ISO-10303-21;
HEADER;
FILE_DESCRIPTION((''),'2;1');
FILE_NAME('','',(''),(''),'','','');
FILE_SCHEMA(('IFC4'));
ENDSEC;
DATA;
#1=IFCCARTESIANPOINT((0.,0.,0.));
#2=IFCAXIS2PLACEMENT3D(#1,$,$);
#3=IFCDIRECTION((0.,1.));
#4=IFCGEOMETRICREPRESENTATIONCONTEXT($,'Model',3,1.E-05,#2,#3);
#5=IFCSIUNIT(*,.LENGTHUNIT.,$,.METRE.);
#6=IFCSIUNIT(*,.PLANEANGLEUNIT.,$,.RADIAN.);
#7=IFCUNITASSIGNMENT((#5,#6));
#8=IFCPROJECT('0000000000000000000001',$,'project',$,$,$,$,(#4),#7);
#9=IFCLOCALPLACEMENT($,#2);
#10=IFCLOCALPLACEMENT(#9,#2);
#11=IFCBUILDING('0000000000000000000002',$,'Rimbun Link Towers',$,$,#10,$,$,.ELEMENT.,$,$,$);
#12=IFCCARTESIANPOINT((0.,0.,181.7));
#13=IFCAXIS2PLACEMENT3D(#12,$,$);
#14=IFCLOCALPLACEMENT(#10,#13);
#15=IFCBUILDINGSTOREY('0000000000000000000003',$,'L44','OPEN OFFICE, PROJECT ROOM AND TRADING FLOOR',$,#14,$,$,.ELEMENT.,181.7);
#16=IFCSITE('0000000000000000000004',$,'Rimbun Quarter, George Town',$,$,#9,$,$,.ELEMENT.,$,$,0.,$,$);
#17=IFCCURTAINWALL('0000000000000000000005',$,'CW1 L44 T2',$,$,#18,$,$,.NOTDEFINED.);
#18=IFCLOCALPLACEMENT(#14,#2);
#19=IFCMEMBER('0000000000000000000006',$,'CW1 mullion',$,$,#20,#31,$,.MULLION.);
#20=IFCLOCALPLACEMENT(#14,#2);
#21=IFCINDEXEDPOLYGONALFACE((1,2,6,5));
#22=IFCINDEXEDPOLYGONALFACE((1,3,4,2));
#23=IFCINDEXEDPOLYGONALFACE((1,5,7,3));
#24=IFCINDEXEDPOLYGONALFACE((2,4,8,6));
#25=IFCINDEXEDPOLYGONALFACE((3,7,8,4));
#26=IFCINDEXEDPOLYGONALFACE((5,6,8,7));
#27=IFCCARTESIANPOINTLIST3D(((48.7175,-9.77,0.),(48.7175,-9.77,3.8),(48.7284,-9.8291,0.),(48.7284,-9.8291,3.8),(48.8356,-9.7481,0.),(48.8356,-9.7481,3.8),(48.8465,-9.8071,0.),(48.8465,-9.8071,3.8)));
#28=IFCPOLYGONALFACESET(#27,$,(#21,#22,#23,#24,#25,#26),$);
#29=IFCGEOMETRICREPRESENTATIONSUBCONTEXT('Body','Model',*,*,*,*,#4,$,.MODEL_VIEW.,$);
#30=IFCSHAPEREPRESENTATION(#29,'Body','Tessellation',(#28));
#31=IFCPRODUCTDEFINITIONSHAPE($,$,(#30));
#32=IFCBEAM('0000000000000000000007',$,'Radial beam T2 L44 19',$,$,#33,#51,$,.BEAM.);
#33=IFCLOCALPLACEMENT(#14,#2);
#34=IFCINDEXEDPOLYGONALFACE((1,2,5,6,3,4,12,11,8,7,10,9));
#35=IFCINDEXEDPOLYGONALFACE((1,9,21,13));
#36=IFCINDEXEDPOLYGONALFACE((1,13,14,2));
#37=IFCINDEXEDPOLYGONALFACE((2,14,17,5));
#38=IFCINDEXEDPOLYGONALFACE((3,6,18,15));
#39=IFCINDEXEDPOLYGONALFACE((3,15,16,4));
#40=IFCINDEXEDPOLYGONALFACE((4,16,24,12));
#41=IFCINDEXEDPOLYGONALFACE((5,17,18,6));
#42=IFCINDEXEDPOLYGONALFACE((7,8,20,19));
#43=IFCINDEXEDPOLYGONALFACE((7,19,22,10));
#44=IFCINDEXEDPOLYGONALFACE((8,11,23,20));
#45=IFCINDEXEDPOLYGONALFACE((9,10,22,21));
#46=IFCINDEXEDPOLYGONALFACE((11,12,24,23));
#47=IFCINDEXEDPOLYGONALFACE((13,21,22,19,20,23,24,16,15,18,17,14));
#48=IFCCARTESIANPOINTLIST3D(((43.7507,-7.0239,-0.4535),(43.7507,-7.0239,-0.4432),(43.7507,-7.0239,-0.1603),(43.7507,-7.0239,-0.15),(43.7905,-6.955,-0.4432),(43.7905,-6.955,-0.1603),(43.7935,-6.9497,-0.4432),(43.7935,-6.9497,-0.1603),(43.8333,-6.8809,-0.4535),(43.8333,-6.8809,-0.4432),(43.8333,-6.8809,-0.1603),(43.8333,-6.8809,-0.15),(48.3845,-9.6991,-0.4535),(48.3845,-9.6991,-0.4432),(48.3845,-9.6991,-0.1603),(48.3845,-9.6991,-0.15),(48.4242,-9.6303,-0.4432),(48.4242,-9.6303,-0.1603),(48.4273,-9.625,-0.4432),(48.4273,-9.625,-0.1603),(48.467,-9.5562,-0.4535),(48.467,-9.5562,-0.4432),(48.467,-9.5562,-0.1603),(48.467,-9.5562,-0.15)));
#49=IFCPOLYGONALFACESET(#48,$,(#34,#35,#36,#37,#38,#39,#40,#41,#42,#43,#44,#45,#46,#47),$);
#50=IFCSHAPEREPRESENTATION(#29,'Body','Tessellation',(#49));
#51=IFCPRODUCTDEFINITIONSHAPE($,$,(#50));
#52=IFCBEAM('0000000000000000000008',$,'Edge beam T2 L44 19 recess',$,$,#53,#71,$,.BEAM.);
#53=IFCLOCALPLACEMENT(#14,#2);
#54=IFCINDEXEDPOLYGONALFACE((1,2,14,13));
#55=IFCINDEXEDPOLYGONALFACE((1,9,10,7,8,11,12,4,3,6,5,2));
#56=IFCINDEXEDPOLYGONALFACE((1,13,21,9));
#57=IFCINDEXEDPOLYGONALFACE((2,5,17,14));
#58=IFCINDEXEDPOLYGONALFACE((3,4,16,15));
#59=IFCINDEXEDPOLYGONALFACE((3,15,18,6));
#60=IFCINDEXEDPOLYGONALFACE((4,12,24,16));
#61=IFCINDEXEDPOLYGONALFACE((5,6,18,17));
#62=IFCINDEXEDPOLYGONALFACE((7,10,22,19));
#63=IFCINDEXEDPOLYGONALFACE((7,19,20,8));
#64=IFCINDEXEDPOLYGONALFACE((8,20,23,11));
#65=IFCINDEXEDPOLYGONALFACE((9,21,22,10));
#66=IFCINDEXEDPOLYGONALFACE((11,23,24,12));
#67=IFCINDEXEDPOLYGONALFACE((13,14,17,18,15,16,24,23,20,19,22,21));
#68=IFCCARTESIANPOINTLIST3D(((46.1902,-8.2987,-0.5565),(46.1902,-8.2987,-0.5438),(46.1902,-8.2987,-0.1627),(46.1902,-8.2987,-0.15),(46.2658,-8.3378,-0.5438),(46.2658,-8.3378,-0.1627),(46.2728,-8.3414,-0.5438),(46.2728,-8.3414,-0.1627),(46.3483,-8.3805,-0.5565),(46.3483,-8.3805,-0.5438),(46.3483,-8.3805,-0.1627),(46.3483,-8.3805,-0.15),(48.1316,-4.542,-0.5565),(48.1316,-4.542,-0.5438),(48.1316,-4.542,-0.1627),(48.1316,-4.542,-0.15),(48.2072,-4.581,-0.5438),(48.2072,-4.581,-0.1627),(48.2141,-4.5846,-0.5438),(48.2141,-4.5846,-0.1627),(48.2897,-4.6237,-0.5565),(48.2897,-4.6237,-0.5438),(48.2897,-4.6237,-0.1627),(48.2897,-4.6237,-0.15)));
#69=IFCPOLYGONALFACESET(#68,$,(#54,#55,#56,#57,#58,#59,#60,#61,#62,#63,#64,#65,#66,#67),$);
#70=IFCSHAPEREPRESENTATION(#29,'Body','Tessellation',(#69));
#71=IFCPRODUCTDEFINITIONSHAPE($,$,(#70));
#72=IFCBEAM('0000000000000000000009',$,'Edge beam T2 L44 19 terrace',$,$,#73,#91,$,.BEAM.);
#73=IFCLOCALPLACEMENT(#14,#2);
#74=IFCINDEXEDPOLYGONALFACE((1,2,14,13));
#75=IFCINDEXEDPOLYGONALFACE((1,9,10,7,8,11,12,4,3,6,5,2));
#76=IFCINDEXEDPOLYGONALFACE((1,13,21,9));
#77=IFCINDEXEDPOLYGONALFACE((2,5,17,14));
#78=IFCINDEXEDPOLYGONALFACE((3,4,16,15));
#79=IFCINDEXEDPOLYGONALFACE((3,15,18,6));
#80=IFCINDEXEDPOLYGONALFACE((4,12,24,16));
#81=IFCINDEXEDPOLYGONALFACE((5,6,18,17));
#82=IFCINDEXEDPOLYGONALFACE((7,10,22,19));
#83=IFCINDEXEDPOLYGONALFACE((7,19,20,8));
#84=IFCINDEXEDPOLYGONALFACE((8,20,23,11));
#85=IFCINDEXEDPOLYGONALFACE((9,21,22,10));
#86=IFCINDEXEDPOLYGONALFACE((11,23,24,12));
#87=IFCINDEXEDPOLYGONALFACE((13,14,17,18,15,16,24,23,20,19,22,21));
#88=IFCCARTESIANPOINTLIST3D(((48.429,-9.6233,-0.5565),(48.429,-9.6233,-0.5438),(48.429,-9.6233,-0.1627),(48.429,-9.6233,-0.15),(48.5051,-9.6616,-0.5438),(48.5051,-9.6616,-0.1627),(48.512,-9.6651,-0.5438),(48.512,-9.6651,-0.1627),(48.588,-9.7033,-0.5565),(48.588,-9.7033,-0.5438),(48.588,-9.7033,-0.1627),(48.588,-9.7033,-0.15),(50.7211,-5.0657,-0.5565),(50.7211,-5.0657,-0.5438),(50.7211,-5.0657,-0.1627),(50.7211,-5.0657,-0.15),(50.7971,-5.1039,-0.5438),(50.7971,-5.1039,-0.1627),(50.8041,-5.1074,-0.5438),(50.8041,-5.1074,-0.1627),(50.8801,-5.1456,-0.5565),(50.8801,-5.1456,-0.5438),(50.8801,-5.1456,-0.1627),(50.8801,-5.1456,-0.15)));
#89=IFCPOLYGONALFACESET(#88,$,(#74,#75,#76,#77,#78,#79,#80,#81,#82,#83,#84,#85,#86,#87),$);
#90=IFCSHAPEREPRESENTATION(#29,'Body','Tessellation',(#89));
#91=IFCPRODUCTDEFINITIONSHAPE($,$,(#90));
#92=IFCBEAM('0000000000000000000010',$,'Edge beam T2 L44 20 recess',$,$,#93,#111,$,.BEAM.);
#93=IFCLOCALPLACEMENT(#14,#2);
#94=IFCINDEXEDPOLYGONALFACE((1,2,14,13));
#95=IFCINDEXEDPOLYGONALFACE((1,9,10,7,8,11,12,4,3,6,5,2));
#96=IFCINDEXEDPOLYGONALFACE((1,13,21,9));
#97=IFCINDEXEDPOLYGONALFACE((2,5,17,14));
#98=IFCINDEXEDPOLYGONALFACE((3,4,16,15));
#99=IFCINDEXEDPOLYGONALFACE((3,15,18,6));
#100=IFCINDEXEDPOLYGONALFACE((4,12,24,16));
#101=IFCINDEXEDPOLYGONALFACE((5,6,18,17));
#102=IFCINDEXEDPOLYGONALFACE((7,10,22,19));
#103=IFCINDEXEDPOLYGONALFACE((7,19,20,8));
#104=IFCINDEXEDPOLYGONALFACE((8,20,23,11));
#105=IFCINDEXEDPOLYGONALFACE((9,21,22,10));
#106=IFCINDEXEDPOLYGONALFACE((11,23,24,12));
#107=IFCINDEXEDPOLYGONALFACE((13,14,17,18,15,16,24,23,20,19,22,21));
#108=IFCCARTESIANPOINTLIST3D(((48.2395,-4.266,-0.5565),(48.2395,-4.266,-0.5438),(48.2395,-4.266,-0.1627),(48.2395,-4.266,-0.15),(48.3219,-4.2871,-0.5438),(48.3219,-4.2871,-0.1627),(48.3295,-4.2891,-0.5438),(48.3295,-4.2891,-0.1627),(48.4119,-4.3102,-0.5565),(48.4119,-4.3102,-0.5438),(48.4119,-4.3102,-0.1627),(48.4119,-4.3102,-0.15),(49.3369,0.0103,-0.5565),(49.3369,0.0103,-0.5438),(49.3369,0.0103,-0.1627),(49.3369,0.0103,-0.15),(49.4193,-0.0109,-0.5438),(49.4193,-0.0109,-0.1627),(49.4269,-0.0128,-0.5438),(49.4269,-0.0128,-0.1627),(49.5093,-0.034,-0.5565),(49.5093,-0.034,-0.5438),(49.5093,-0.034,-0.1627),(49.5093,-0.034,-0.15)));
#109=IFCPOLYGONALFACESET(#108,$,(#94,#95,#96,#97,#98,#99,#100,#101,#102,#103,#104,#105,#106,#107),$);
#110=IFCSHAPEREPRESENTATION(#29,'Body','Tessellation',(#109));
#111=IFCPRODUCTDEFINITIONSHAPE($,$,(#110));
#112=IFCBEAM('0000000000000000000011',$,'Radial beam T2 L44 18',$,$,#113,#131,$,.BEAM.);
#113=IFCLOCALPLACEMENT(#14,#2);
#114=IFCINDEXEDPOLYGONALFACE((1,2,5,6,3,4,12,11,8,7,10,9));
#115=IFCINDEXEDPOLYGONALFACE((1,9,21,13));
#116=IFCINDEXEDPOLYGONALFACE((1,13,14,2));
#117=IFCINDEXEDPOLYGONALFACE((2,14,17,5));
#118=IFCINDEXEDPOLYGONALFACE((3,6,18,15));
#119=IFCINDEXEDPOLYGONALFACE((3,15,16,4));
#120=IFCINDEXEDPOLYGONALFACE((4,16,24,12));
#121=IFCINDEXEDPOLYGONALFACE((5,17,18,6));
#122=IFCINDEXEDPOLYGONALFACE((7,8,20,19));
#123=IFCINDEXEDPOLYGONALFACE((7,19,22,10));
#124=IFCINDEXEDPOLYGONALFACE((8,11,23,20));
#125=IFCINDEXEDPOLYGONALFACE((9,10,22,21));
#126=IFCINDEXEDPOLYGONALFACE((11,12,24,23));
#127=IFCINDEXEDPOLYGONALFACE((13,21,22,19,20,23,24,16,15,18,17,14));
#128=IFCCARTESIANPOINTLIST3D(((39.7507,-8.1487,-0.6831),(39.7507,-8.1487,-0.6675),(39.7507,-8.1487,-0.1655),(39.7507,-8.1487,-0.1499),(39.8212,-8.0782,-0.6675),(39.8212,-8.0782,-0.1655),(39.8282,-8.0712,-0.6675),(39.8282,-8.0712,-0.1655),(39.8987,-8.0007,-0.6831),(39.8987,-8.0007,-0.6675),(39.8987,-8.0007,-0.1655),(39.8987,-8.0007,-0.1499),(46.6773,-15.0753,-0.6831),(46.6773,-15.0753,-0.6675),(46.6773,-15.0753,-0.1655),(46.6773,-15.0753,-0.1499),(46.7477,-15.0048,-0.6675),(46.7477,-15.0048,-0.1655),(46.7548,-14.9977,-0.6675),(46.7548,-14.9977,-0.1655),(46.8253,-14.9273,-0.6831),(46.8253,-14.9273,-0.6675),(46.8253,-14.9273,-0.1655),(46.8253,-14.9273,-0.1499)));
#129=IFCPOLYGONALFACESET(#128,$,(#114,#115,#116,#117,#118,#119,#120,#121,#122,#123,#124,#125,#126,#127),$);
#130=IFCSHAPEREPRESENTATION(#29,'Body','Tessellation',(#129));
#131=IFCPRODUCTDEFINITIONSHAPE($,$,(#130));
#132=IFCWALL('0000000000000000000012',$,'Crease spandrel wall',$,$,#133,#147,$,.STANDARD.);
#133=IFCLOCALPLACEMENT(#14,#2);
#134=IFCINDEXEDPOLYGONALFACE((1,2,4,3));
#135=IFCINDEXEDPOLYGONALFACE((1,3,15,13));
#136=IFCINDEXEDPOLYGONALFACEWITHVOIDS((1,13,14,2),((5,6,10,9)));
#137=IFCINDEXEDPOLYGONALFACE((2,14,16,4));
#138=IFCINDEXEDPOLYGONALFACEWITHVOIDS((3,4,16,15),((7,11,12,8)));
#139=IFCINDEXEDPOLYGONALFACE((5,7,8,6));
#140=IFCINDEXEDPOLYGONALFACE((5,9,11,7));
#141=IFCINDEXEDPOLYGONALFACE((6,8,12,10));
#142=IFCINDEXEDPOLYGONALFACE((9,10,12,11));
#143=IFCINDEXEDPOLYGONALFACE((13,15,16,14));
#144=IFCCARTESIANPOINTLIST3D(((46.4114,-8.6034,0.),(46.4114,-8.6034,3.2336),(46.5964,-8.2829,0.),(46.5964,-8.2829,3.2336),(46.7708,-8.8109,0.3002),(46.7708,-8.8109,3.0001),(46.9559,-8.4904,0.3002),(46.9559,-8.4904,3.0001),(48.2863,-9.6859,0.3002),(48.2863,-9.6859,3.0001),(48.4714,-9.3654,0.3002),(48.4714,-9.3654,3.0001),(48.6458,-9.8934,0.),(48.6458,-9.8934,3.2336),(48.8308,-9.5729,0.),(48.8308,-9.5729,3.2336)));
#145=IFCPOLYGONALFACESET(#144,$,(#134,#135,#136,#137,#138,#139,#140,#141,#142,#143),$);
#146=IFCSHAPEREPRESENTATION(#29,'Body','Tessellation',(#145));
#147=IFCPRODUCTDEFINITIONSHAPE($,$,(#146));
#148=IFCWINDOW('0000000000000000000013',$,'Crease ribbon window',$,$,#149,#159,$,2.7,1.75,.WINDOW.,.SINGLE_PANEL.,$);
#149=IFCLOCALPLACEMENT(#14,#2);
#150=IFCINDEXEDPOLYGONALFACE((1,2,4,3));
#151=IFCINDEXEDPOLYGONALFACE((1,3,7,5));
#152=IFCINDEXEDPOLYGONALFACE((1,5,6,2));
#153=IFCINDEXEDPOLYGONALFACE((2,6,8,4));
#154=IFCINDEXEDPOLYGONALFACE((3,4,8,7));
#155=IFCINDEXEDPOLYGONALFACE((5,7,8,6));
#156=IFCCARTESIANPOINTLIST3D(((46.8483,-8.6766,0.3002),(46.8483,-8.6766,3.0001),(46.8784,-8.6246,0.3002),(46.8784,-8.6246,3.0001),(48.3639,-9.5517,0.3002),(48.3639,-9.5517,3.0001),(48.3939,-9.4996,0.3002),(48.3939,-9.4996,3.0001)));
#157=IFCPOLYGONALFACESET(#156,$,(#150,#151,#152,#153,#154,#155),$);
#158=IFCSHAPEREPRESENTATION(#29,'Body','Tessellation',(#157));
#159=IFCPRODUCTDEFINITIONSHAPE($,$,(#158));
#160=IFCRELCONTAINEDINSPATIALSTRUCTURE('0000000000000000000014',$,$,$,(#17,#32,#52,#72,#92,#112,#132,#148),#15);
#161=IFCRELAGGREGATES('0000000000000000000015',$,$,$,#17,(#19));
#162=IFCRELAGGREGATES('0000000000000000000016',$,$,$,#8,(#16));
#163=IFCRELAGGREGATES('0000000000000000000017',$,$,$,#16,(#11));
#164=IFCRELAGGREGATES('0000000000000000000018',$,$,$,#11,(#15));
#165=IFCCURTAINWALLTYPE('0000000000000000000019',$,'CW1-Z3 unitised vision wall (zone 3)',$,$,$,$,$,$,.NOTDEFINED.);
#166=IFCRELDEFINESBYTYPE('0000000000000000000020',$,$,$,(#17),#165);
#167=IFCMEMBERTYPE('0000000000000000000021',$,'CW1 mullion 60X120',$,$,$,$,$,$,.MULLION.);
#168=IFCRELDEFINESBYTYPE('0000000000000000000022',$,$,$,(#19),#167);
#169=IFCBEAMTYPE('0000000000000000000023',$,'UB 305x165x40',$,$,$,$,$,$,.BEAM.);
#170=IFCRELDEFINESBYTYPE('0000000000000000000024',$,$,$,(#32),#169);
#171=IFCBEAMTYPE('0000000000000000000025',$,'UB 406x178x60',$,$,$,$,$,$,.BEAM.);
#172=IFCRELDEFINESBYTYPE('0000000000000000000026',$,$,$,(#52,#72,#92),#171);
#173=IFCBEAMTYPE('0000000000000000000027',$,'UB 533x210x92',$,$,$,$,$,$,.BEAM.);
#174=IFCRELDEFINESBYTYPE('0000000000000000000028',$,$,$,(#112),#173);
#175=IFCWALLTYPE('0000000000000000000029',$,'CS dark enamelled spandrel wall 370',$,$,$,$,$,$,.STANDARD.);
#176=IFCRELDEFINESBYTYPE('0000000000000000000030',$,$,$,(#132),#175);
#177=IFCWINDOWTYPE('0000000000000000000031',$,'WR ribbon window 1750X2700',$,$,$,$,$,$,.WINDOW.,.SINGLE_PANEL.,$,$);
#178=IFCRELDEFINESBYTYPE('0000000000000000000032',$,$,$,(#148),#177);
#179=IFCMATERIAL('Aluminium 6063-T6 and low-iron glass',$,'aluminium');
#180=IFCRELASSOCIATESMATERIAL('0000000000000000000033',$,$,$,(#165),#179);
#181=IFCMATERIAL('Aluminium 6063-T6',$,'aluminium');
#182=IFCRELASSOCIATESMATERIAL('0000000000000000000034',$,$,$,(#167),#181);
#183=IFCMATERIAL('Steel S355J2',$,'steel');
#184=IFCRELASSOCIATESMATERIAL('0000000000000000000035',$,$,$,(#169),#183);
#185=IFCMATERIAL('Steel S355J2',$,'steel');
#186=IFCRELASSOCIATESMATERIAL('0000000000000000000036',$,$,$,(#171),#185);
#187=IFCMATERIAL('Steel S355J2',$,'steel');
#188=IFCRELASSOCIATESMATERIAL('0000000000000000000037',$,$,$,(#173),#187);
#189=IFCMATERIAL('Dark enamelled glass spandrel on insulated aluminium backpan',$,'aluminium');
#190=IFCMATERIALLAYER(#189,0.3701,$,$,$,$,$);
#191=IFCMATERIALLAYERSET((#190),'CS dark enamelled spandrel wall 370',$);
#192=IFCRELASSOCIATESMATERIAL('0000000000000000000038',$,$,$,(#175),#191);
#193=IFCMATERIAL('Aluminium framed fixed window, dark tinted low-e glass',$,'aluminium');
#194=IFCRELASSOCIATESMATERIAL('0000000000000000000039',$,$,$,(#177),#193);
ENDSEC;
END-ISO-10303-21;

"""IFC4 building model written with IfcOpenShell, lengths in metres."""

from ifc_helpers import new_model, si_unit, direction, frame, frame_2d, origin, origin_2d, place, context, subcontext, project, spatial, rectangle, i_section, extrude, material, layer, layer_set, material_profile, profile_set, type_object, element, fill, aggregate, save


model = new_model("IFC4")

# Units and contexts
model_context = context("Model", 3, precision=1e-05, world=origin(), true_north=direction((0.0, 1.0)))
body_context = subcontext(model_context, "Body", "Model", "MODEL_VIEW")
ifc_project = project(units=[si_unit("LENGTHUNIT", "METRE"), si_unit("PLANEANGLEUNIT", "RADIAN")], contexts=[model_context])

# Site, building, storey
site_placement = place(None, origin())
site = spatial("IfcSite", under=ifc_project, at=site_placement, Name="Rimbun Quarter, George Town", CompositionType="ELEMENT", RefElevation=0.0)
building_placement = place(site_placement, origin())
building = spatial("IfcBuilding", under=site, at=building_placement, Name="Rimbun Link Towers", CompositionType="ELEMENT")
storey_placement = place(building_placement, frame((0.0, 0.0, 181.7)))
storey = spatial("IfcBuildingStorey", under=building, at=storey_placement, Name="L44", Description="OPEN OFFICE, PROJECT ROOM AND TRADING FLOOR", CompositionType="ELEMENT", Elevation=181.7)

# Curtain wall, member
ifc_material_1 = material(Name="Aluminium 6063-T6 and low-iron glass", Category="aluminium")
curtain_wall_type = type_object("IfcCurtainWallType", Name="CW1-Z3 unitised vision wall (zone 3)", PredefinedType="NOTDEFINED", material=ifc_material_1)
curtain_wall_placement = place(storey_placement, origin())
curtain_wall = element("IfcCurtainWall", 1, at=curtain_wall_placement, inside=storey, type_object=curtain_wall_type, Name="CW1 L44 T2", PredefinedType="NOTDEFINED")
ifc_material_2 = material(Name="Aluminium 6063-T6", Category="aluminium")
ifc_material_profile_1 = material_profile(ifc_material_2, rectangle(XDim=0.1201, YDim=0.0601, at=origin_2d()), Name="MULLION 60X120")
ifc_profile_set_1 = profile_set([ifc_material_profile_1], Name="Aluminium 6063-T6")
member_type = type_object("IfcMemberType", Name="CW1 mullion 60X120", PredefinedType="MULLION", material=ifc_profile_set_1)
member_placement = place(storey_placement, frame((48.782, -9.7886, 0.0), z_axis=(0.0, 0.0, 1.0), x_axis=(0.983236, 0.182339, 0.0)))
member = element("IfcMember", 2, at=member_placement, type_object=member_type, Name="CW1 mullion", PredefinedType="MULLION", context=body_context, shape_type="SweptSolid", body=[
    extrude(rectangle(XDim=0.1201, YDim=0.0601, at=origin_2d()), origin(), (0.0, 0.0, 1.0), 3.8),
])
aggregate(curtain_wall, [member])

# Beams
ifc_material_3 = material(Name="Steel S355J2", Category="steel")
ifc_material_profile_2 = material_profile(ifc_material_3, i_section(OverallWidth=0.165, OverallDepth=0.3035, WebThickness=0.0061, FlangeThickness=0.0103, at=origin_2d()), Name="UB 305x165x40")
ifc_profile_set_2 = profile_set([ifc_material_profile_2], Name="Steel S355J2")
beam_type_1 = type_object("IfcBeamType", Name="UB 305x165x40", PredefinedType="BEAM", material=ifc_profile_set_2)
beam_1_placement = place(storey_placement, frame((43.792, -6.9524, -0.3018), z_axis=(0.866028, -0.499996, 0.0), x_axis=(0.499996, 0.866028, 0.0)))
element("IfcBeam", 3, at=beam_1_placement, inside=storey, type_object=beam_type_1, Name="Radial beam T2 L44 19", PredefinedType="BEAM", context=body_context, shape_type="SweptSolid", body=[
    extrude(i_section(OverallWidth=0.165, OverallDepth=0.3035, WebThickness=0.0061, FlangeThickness=0.0103, at=origin_2d()), origin(), (0.0, 0.0, 1.0), 5.3506),
])
ifc_material_4 = material(Name="Steel S355J2", Category="steel")
ifc_material_profile_3 = material_profile(ifc_material_4, i_section(OverallWidth=0.178, OverallDepth=0.4065, WebThickness=0.0078, FlangeThickness=0.0127, at=origin_2d()), Name="UB 406x178x60")
ifc_profile_set_3 = profile_set([ifc_material_profile_3], Name="Steel S355J2")
beam_type_2 = type_object("IfcBeamType", Name="UB 406x178x60", PredefinedType="BEAM", material=ifc_profile_set_3)
beam_2_placement = place(storey_placement, frame((46.2693, -8.3396, -0.3533), z_axis=(0.45909, 0.88839, 0.0), x_axis=(-0.88839, 0.45909, 0.0)))
element("IfcBeam", 4, at=beam_2_placement, inside=storey, type_object=beam_type_2, Name="Edge beam T2 L44 19 recess", PredefinedType="BEAM", context=body_context, shape_type="SweptSolid", body=[
    extrude(i_section(OverallWidth=0.178, OverallDepth=0.4065, WebThickness=0.0078, FlangeThickness=0.0127, at=origin_2d()), origin(), (0.0, 0.0, 1.0), 4.2288),
])
beam_3_placement = place(storey_placement, frame((48.5085, -9.6633, -0.3533), z_axis=(0.44928, 0.893391, 0.0), x_axis=(-0.893391, 0.44928, 0.0)))
element("IfcBeam", 5, at=beam_3_placement, inside=storey, type_object=beam_type_2, Name="Edge beam T2 L44 19 terrace", PredefinedType="BEAM", context=body_context, shape_type="SweptSolid", body=[
    extrude(i_section(OverallWidth=0.178, OverallDepth=0.4065, WebThickness=0.0078, FlangeThickness=0.0127, at=origin_2d()), origin(), (0.0, 0.0, 1.0), 5.1016),
])
beam_4_placement = place(storey_placement, frame((48.3257, -4.2881, -0.3533), z_axis=(0.248582, 0.968611, 0.0), x_axis=(-0.968611, 0.248582, 0.0)))
element("IfcBeam", 6, at=beam_4_placement, inside=storey, type_object=beam_type_2, Name="Edge beam T2 L44 20 recess", PredefinedType="BEAM", context=body_context, shape_type="SweptSolid", body=[
    extrude(i_section(OverallWidth=0.178, OverallDepth=0.4065, WebThickness=0.0078, FlangeThickness=0.0127, at=origin_2d()), origin(), (0.0, 0.0, 1.0), 4.4148),
])
ifc_material_5 = material(Name="Steel S355J2", Category="steel")
ifc_material_profile_4 = material_profile(ifc_material_5, i_section(OverallWidth=0.2092, OverallDepth=0.5332, WebThickness=0.01, FlangeThickness=0.0156, at=origin_2d()), Name="UB 533x210x92")
ifc_profile_set_4 = profile_set([ifc_material_profile_4], Name="Steel S355J2")
beam_type_3 = type_object("IfcBeamType", Name="UB 533x210x92", PredefinedType="BEAM", material=ifc_profile_set_4)
beam_5_placement = place(storey_placement, frame((39.8247, -8.0747, -0.4165), z_axis=(0.707107, -0.707107, 0.0), x_axis=(0.707107, 0.707107, 0.0)))
element("IfcBeam", 7, at=beam_5_placement, inside=storey, type_object=beam_type_3, Name="Radial beam T2 L44 18", PredefinedType="BEAM", context=body_context, shape_type="SweptSolid", body=[
    extrude(i_section(OverallWidth=0.2092, OverallDepth=0.5332, WebThickness=0.01, FlangeThickness=0.0156, at=origin_2d()), origin(), (0.0, 0.0, 1.0), 9.7957),
])

# Wall, opening, window
ifc_material_6 = material(Name="Dark enamelled glass spandrel on insulated aluminium backpan", Category="aluminium")
ifc_layer_1 = layer(ifc_material_6, 0.3701)
ifc_layer_set_1 = layer_set([ifc_layer_1], Name="CS dark enamelled spandrel wall 370")
wall_type_1 = type_object("IfcWallType", Name="CS dark enamelled spandrel wall 370", PredefinedType="STANDARD", material=ifc_layer_set_1)
wall_1_placement = place(storey_placement, frame((46.5039, -8.4431, 0.0), z_axis=(0.0, 0.0, 1.0), x_axis=(0.866022, -0.500006, 0.0)))
wall_1 = element("IfcWall", 8, at=wall_1_placement, inside=storey, type_object=wall_type_1, Name="Crease spandrel wall", PredefinedType="STANDARD", context=body_context, shape_type="SweptSolid", body=[
    extrude(rectangle(XDim=2.5801, YDim=0.3701, at=frame_2d((1.29, 0.0))), origin(), (0.0, 0.0, 1.0), 3.2336),
])
opening_1_placement = place(wall_1_placement, frame((0.415, 0.0, 0.3)))
opening_1 = element("IfcOpeningElement", 9, at=opening_1_placement, cuts=wall_1, PredefinedType="OPENING", context=body_context, shape_type="SweptSolid", body=[
    extrude(rectangle(XDim=1.75, YDim=2.7, at=frame_2d((0.875, 1.3501))), frame((0.0, 0.1951, 0.0), z_axis=(0.0, -1.0, 0.0), x_axis=(1.0, 0.0, 0.0)), (0.0, 0.0, 1.0), 0.3901),
])
ifc_material_7 = material(Name="Aluminium framed fixed window, dark tinted low-e glass", Category="aluminium")
window_type_1 = type_object("IfcWindowType", Name="WR ribbon window 1750X2700", PartitioningType="SINGLE_PANEL", PredefinedType="WINDOW", material=ifc_material_7)
window_1_placement = place(opening_1_placement, origin())
window_1 = element("IfcWindow", 10, at=window_1_placement, inside=storey, type_object=window_type_1, Name="Crease ribbon window", OverallHeight=2.7, OverallWidth=1.75, PartitioningType="SINGLE_PANEL", PredefinedType="WINDOW", context=body_context, shape_type="SweptSolid", body=[
    extrude(rectangle(XDim=1.75, YDim=2.7, at=frame_2d((0.875, 1.3501))), frame((0.0, 0.03, 0.0), z_axis=(0.0, -1.0, 0.0), x_axis=(1.0, 0.0, 0.0)), (0.0, 0.0, 1.0), 0.0601),
])
fill(opening_1, window_1)

save(model, "model.ifc")
